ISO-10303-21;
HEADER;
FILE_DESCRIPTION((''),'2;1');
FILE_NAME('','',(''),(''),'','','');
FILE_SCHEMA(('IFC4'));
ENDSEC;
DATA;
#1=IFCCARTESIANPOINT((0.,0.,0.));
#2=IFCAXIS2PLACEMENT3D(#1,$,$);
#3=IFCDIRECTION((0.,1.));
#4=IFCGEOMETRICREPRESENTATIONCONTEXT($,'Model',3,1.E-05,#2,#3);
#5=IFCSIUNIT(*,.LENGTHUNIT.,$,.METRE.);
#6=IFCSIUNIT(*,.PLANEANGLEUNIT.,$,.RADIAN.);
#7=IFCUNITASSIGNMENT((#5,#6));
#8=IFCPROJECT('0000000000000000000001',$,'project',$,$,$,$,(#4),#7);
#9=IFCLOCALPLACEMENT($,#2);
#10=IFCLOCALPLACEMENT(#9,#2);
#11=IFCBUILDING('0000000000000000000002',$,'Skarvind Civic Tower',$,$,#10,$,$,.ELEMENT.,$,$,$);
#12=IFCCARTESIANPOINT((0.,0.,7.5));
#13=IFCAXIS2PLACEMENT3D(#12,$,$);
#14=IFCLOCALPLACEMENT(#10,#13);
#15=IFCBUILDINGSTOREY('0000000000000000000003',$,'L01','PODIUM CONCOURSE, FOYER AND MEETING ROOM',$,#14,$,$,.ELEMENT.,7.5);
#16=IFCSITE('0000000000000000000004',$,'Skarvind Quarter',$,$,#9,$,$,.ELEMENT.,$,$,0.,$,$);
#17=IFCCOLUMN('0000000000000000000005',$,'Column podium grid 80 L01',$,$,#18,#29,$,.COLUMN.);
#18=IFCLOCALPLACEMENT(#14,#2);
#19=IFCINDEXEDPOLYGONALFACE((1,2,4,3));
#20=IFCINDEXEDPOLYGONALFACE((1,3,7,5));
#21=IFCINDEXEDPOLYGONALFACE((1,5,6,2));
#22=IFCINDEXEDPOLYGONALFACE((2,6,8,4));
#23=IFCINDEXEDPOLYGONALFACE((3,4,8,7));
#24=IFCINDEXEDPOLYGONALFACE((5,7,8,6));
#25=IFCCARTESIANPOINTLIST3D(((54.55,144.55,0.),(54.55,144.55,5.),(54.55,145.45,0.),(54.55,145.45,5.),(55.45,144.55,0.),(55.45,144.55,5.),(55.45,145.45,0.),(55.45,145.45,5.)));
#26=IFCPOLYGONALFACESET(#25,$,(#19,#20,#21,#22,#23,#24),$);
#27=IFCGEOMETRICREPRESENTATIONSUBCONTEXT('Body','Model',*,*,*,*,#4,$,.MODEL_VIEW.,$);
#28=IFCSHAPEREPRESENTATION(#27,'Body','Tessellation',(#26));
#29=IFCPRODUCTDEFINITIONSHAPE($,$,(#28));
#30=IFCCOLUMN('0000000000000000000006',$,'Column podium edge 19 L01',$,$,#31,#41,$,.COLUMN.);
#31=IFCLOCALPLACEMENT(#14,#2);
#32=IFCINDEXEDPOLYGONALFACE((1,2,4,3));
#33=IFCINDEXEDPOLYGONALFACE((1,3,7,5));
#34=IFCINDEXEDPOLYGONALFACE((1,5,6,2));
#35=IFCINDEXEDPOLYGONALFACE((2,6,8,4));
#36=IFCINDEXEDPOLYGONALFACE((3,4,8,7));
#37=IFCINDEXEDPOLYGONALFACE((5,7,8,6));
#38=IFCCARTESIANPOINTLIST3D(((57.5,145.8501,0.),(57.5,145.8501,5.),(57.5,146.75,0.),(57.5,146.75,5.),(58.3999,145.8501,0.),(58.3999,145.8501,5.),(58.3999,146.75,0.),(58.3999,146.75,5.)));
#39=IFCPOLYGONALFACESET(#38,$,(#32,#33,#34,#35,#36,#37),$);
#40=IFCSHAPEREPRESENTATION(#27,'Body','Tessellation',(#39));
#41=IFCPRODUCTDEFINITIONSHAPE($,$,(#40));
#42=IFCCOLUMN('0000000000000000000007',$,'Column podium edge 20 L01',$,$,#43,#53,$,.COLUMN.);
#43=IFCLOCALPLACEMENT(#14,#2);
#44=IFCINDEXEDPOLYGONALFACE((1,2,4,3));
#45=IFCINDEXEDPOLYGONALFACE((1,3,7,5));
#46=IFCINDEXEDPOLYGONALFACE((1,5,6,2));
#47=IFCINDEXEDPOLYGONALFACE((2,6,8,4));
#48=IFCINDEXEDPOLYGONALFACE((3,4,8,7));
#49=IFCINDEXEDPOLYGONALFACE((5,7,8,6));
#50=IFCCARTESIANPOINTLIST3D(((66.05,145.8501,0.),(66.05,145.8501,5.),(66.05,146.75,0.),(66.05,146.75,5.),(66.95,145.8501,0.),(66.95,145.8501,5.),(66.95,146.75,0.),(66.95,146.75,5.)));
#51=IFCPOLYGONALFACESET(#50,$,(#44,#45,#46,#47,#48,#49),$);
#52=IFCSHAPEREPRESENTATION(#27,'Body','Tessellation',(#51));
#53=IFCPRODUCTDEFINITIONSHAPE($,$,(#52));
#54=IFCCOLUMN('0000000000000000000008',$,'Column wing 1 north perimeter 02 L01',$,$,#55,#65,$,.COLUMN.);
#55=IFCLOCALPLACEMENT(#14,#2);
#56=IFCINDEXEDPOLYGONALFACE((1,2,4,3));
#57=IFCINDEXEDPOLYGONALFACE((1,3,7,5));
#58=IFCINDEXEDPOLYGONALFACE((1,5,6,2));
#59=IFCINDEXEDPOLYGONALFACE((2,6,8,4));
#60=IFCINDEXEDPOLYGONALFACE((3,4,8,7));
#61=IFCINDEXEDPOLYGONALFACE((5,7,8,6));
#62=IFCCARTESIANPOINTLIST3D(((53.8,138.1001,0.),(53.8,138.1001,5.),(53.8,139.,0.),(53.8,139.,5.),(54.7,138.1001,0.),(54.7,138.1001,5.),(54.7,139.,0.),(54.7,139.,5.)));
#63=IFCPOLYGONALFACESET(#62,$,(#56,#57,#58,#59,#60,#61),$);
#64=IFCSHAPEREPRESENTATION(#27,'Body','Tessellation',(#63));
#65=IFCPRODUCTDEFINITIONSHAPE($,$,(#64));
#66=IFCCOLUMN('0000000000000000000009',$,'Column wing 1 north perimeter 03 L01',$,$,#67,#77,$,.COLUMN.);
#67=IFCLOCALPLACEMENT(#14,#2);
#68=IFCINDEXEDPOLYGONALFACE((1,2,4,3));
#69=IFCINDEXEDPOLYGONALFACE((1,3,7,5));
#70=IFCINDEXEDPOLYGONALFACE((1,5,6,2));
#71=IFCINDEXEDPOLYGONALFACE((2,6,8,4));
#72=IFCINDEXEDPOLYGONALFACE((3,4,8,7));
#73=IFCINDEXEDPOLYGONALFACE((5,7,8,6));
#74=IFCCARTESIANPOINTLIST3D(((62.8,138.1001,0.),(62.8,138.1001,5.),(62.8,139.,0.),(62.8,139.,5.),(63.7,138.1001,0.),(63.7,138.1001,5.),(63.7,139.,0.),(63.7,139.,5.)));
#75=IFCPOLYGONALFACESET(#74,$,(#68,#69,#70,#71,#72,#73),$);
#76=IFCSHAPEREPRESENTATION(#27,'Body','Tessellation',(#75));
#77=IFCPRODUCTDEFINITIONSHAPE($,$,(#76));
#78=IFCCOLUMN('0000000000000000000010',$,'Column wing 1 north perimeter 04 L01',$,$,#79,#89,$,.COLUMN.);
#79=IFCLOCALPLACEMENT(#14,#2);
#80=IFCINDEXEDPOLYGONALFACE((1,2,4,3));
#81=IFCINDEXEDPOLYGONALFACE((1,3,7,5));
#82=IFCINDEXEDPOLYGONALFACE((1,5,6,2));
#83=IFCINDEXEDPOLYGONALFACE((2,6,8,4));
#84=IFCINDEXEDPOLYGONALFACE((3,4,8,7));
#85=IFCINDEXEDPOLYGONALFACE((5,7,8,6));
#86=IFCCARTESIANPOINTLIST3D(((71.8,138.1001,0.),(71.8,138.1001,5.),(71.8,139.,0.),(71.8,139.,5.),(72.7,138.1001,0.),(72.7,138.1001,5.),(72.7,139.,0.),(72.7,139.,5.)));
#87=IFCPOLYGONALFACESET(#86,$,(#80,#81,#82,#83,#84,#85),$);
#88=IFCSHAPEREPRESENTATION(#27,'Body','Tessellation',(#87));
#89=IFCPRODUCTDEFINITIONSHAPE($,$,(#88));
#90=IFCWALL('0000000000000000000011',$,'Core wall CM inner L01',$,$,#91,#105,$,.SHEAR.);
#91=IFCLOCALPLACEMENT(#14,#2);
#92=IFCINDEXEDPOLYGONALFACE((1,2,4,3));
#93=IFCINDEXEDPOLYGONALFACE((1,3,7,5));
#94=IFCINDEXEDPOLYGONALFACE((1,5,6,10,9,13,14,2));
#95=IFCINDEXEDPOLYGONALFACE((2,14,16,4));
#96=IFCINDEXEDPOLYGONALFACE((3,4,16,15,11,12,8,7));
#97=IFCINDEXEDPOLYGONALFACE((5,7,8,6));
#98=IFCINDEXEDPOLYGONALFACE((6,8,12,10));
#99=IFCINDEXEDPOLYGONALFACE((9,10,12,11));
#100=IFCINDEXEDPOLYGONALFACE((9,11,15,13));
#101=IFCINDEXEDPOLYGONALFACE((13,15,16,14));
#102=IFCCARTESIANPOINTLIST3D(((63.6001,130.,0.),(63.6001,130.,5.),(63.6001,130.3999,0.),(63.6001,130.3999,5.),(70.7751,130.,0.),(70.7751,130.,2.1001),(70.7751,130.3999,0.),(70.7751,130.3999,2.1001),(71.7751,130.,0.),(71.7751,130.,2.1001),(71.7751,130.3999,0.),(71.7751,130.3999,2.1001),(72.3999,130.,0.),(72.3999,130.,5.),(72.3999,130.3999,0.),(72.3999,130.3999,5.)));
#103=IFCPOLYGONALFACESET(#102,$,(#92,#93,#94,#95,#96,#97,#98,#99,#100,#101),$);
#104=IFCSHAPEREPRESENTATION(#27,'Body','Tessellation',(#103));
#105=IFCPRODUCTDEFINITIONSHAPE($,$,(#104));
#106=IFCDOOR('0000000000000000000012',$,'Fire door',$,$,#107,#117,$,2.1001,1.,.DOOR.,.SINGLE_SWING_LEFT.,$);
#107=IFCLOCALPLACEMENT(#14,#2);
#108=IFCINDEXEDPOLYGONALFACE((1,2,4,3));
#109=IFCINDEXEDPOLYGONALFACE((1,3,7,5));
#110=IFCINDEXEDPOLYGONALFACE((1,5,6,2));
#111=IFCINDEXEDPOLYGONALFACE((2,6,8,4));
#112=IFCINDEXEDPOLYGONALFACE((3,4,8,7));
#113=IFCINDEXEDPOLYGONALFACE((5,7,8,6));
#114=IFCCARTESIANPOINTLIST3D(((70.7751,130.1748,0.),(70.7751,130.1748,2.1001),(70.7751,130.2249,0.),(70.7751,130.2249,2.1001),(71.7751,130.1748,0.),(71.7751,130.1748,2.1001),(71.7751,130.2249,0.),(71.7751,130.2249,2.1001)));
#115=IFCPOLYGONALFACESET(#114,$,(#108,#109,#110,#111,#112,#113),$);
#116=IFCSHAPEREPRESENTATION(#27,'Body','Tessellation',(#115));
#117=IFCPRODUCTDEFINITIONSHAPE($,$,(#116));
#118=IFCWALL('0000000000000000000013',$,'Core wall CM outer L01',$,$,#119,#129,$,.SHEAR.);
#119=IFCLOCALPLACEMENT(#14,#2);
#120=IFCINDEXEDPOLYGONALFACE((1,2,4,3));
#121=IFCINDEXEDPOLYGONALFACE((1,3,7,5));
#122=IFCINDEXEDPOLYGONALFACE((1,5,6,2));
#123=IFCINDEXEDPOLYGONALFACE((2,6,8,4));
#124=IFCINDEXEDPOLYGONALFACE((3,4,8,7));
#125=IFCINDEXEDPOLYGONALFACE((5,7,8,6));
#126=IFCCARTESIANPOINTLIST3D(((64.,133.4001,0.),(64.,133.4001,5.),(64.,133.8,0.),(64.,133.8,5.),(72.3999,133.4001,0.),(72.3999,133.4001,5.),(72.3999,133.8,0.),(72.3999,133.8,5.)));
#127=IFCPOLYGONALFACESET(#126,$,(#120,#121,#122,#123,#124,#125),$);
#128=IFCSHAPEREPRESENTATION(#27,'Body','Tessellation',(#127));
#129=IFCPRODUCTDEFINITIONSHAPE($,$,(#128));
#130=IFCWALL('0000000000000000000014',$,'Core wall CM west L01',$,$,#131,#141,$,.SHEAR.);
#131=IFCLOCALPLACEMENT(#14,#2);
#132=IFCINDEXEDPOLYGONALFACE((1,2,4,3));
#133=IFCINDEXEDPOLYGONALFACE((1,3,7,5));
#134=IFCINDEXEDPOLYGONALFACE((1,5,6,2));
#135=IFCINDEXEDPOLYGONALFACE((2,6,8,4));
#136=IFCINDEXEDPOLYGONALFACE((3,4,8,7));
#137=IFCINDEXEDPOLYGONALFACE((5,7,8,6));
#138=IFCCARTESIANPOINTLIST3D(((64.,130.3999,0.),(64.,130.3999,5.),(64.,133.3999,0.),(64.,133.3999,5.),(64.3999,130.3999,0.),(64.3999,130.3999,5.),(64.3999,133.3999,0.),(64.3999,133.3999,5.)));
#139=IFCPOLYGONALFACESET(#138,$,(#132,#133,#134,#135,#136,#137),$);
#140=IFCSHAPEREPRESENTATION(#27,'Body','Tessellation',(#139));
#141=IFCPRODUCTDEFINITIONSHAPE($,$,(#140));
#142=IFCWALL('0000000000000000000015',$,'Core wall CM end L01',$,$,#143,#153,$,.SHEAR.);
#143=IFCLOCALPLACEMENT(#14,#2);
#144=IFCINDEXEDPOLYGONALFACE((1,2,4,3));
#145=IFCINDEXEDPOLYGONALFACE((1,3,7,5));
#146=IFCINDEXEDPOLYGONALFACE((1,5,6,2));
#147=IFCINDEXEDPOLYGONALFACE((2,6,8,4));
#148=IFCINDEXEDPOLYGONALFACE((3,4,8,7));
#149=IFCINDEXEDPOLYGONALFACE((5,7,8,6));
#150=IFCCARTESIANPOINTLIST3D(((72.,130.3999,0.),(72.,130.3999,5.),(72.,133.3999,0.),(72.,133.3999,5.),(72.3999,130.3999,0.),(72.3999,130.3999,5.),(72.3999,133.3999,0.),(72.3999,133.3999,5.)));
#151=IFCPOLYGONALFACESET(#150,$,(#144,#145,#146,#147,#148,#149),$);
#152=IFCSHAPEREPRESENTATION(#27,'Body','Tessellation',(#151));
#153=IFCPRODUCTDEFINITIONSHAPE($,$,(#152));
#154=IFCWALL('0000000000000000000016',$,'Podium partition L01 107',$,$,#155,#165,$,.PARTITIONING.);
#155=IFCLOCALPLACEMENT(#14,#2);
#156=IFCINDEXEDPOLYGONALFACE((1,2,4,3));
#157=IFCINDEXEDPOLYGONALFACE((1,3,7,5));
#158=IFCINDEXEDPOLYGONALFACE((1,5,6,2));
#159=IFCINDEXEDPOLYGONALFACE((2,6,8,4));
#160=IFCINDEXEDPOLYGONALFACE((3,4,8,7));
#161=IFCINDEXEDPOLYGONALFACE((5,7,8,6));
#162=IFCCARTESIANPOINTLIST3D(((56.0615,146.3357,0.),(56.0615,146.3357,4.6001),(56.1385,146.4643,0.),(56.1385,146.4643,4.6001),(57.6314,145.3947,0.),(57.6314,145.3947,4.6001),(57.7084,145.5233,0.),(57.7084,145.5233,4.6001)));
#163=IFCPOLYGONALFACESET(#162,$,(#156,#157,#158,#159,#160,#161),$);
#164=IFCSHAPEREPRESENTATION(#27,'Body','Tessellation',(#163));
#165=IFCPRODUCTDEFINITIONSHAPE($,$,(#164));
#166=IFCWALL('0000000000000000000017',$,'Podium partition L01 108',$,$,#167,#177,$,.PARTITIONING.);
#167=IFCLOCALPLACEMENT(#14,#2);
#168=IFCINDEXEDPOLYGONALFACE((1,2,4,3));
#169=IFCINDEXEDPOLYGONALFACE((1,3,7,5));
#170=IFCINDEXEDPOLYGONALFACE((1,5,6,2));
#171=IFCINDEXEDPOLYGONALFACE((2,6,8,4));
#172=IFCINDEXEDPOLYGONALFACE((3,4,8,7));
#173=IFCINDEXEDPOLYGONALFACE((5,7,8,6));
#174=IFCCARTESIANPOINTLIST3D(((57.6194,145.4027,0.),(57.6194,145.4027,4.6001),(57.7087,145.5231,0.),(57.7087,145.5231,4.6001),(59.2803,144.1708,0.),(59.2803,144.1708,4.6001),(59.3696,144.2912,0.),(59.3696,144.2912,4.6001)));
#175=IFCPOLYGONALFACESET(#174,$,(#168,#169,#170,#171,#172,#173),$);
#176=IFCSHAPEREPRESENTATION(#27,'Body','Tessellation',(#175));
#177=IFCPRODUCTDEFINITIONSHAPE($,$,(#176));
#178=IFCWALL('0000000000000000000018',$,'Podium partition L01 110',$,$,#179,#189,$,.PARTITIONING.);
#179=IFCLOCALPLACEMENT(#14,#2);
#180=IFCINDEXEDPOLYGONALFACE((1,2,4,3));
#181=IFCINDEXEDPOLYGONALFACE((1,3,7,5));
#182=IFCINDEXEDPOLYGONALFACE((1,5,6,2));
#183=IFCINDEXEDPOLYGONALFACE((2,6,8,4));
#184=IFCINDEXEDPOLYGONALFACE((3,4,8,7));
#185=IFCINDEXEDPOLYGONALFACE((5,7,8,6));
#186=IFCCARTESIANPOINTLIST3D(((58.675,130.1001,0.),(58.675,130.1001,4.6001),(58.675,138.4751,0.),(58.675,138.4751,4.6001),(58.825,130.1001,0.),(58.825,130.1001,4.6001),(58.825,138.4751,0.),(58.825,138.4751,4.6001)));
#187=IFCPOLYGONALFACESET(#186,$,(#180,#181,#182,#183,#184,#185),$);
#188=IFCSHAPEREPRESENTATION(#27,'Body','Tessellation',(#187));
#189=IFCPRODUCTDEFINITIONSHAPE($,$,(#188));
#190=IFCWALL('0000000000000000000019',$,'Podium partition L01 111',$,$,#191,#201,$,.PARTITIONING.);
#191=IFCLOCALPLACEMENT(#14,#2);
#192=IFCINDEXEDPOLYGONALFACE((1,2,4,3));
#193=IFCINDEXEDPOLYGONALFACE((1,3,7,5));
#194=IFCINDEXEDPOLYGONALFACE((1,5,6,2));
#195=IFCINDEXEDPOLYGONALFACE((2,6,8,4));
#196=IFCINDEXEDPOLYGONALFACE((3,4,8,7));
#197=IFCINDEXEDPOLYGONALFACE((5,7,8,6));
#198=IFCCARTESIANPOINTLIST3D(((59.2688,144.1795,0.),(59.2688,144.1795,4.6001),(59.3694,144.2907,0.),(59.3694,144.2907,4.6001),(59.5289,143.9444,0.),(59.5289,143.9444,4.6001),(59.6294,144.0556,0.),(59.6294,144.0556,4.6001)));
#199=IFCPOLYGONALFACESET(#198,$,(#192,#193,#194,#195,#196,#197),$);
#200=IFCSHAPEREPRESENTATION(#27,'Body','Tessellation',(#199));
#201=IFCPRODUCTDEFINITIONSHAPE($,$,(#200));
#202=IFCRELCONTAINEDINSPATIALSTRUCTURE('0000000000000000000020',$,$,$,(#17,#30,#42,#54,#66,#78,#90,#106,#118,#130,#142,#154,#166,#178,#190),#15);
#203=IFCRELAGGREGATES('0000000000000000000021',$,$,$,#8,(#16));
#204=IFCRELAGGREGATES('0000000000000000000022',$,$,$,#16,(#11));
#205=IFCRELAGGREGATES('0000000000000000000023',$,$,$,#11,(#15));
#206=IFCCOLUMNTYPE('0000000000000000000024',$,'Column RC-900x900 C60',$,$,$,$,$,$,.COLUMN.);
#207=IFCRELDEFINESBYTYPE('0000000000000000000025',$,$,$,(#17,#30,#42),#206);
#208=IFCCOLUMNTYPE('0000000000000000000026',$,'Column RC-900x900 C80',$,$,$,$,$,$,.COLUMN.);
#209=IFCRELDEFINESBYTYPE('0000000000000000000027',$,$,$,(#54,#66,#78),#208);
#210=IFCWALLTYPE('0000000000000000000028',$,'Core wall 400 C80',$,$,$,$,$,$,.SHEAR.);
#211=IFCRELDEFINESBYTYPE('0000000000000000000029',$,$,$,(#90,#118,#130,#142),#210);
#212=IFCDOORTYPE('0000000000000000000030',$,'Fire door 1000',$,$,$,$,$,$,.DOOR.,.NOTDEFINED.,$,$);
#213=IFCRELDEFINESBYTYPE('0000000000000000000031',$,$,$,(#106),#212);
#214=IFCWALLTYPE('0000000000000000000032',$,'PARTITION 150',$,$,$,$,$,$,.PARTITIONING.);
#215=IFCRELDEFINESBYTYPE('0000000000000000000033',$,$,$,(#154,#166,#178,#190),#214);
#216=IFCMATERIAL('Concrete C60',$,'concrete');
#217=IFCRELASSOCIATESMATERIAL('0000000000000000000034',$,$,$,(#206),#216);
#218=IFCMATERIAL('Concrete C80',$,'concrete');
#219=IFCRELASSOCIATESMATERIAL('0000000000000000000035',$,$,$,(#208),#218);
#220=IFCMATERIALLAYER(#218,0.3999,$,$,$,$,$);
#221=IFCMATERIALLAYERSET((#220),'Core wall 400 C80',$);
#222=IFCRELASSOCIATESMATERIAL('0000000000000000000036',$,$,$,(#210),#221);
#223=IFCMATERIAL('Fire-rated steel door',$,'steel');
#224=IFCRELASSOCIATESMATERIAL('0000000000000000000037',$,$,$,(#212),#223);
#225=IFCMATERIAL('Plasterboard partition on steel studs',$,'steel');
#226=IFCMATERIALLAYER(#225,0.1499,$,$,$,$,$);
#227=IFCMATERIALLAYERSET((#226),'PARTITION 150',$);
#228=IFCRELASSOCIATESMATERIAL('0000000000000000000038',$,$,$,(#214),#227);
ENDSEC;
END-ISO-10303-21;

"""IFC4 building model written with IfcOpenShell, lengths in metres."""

from ifc_helpers import new_model, si_unit, direction, frame, frame_2d, origin, origin_2d, place, context, subcontext, project, spatial, rectangle, extrude, material, layer, layer_set, material_profile, profile_set, type_object, element, fill, save


model = new_model("IFC4")

# Units and contexts
model_context = context("Model", 3, precision=1e-05, world=origin(), true_north=direction((0.0, 1.0)))
body_context = subcontext(model_context, "Body", "Model", "MODEL_VIEW")
ifc_project = project(units=[si_unit("LENGTHUNIT", "METRE"), si_unit("PLANEANGLEUNIT", "RADIAN")], contexts=[model_context])

# Site, building, storey
site_placement = place(None, origin())
site = spatial("IfcSite", under=ifc_project, at=site_placement, Name="Skarvind Quarter", CompositionType="ELEMENT", RefElevation=0.0)
building_placement = place(site_placement, origin())
building = spatial("IfcBuilding", under=site, at=building_placement, Name="Skarvind Civic Tower", CompositionType="ELEMENT")
storey_placement = place(building_placement, frame((0.0, 0.0, 7.5)))
storey = spatial("IfcBuildingStorey", under=building, at=storey_placement, Name="L01", Description="PODIUM CONCOURSE, FOYER AND MEETING ROOM", CompositionType="ELEMENT", Elevation=7.5)

# Columns
ifc_material_1 = material(Name="Concrete C60", Category="concrete")
ifc_material_profile_1 = material_profile(ifc_material_1, rectangle(XDim=0.8999, YDim=0.8999, at=origin_2d()), Name="RC-900x900")
ifc_profile_set_1 = profile_set([ifc_material_profile_1], Name="Concrete C60")
column_type_1 = type_object("IfcColumnType", Name="Column RC-900x900 C60", PredefinedType="COLUMN", material=ifc_profile_set_1)
for number, where, z_axis, x_axis, name in (
    (1, (55.0, 145.0, 0.0), (0.0, 0.0, 1.0), (1.0, 0.0, 0.0), "Column podium grid 80 L01"),
    (2, (57.95, 146.3, 0.0), (0.0, 0.0, 1.0), (1.0, 0.0, 0.0), "Column podium edge 19 L01"),
    (3, (66.5, 146.3, 0.0), (0.0, 0.0, 1.0), (1.0, 0.0, 0.0), "Column podium edge 20 L01"),
):
    element("IfcColumn", number, at=place(storey_placement, frame(where, z_axis=z_axis, x_axis=x_axis)), inside=storey, type_object=column_type_1, Name=name, PredefinedType="COLUMN", context=body_context, shape_type="SweptSolid", body=[
        extrude(rectangle(XDim=0.8999, YDim=0.8999, at=origin_2d()), origin(), (0.0, 0.0, 1.0), 5.0),
    ])
ifc_material_2 = material(Name="Concrete C80", Category="concrete")
ifc_material_profile_2 = material_profile(ifc_material_2, rectangle(XDim=0.8999, YDim=0.8999, at=origin_2d()), Name="RC-900x900")
ifc_profile_set_2 = profile_set([ifc_material_profile_2], Name="Concrete C80")
column_type_2 = type_object("IfcColumnType", Name="Column RC-900x900 C80", PredefinedType="COLUMN", material=ifc_profile_set_2)
for number, where, z_axis, x_axis, name in (
    (4, (54.25, 138.55, 0.0), (0.0, 0.0, 1.0), (1.0, 0.0, 0.0), "Column wing 1 north perimeter 02 L01"),
    (5, (63.25, 138.55, 0.0), (0.0, 0.0, 1.0), (1.0, 0.0, 0.0), "Column wing 1 north perimeter 03 L01"),
    (6, (72.25, 138.55, 0.0), (0.0, 0.0, 1.0), (1.0, 0.0, 0.0), "Column wing 1 north perimeter 04 L01"),
):
    element("IfcColumn", number, at=place(storey_placement, frame(where, z_axis=z_axis, x_axis=x_axis)), inside=storey, type_object=column_type_2, Name=name, PredefinedType="COLUMN", context=body_context, shape_type="SweptSolid", body=[
        extrude(rectangle(XDim=0.8999, YDim=0.8999, at=origin_2d()), origin(), (0.0, 0.0, 1.0), 5.0),
    ])

# Wall, opening, door
ifc_layer_1 = layer(ifc_material_2, 0.3999)
ifc_layer_set_1 = layer_set([ifc_layer_1], Name="Core wall 400 C80")
wall_type_1 = type_object("IfcWallType", Name="Core wall 400 C80", PredefinedType="SHEAR", material=ifc_layer_set_1)
wall_1_placement = place(storey_placement, frame((63.6001, 130.2, 0.0), z_axis=(0.0, 0.0, 1.0), x_axis=(1.0, 0.0, 0.0)))
wall_1 = element("IfcWall", 7, at=wall_1_placement, inside=storey, type_object=wall_type_1, Name="Core wall CM inner L01", PredefinedType="SHEAR", context=body_context, shape_type="SweptSolid", body=[
    extrude(rectangle(XDim=8.7998, YDim=0.3999, at=frame_2d((4.3999, 0.0))), origin(), (0.0, 0.0, 1.0), 5.0),
])
opening_1_placement = place(wall_1_placement, frame((7.175, 0.0, 0.0)))
opening_1 = element("IfcOpeningElement", 8, at=opening_1_placement, cuts=wall_1, PredefinedType="OPENING", context=body_context, shape_type="SweptSolid", body=[
    extrude(rectangle(XDim=1.0, YDim=2.1001, at=frame_2d((0.5, 1.05))), frame((0.0, 0.21, 0.0), z_axis=(0.0, -1.0, 0.0), x_axis=(1.0, 0.0, 0.0)), (0.0, 0.0, 1.0), 0.4199),
])
ifc_material_3 = material(Name="Fire-rated steel door", Category="steel")
door_type_1 = type_object("IfcDoorType", Name="Fire door 1000", OperationType="NOTDEFINED", PredefinedType="DOOR", material=ifc_material_3)
door_1_placement = place(opening_1_placement, origin())
door_1 = element("IfcDoor", 9, at=door_1_placement, inside=storey, type_object=door_type_1, Name="Fire door", OperationType="SINGLE_SWING_LEFT", OverallHeight=2.1001, OverallWidth=1.0, PredefinedType="DOOR", context=body_context, shape_type="SweptSolid", body=[
    extrude(rectangle(XDim=1.0, YDim=2.1001, at=frame_2d((0.5, 1.05))), frame((0.0, 0.0249, 0.0), z_axis=(0.0, -1.0, 0.0), x_axis=(1.0, 0.0, 0.0)), (0.0, 0.0, 1.0), 0.05),
])
fill(opening_1, door_1)

# Walls
wall_2_placement = place(storey_placement, frame((64.0, 133.6001, 0.0), z_axis=(0.0, 0.0, 1.0), x_axis=(1.0, 0.0, 0.0)))
element("IfcWall", 10, at=wall_2_placement, inside=storey, type_object=wall_type_1, Name="Core wall CM outer L01", PredefinedType="SHEAR", context=body_context, shape_type="SweptSolid", body=[
    extrude(rectangle(XDim=8.3999, YDim=0.3999, at=frame_2d((4.2, 0.0))), origin(), (0.0, 0.0, 1.0), 5.0),
])
for number, where, z_axis, x_axis, name in (
    (11, (64.2, 130.3999, 0.0), (0.0, 0.0, 1.0), (0.0, 1.0, 0.0), "Core wall CM west L01"),
    (12, (72.2, 130.3999, 0.0), (0.0, 0.0, 1.0), (0.0, 1.0, 0.0), "Core wall CM end L01"),
):
    element("IfcWall", number, at=place(storey_placement, frame(where, z_axis=z_axis, x_axis=x_axis)), inside=storey, type_object=wall_type_1, Name=name, PredefinedType="SHEAR", context=body_context, shape_type="SweptSolid", body=[
        extrude(rectangle(XDim=3.0, YDim=0.3999, at=frame_2d((1.5, 0.0))), origin(), (0.0, 0.0, 1.0), 5.0),
    ])
ifc_material_4 = material(Name="Plasterboard partition on steel studs", Category="steel")
ifc_layer_2 = layer(ifc_material_4, 0.1499)
ifc_layer_set_2 = layer_set([ifc_layer_2], Name="PARTITION 150")
wall_type_2 = type_object("IfcWallType", Name="PARTITION 150", PredefinedType="PARTITIONING", material=ifc_layer_set_2)
wall_3_placement = place(storey_placement, frame((56.1001, 146.3999, 0.0), z_axis=(0.0, 0.0, 1.0), x_axis=(0.857728, -0.514103, 0.0)))
element("IfcWall", 13, at=wall_3_placement, inside=storey, type_object=wall_type_2, Name="Podium partition L01 107", PredefinedType="PARTITIONING", context=body_context, shape_type="SweptSolid", body=[
    extrude(rectangle(XDim=1.8303, YDim=0.1499, at=frame_2d((0.915, 0.0))), origin(), (0.0, 0.0, 1.0), 4.6001),
])
wall_4_placement = place(storey_placement, frame((57.6641, 145.4629, 0.0), z_axis=(0.0, 0.0, 1.0), x_axis=(0.803176, -0.595741, 0.0)))
element("IfcWall", 14, at=wall_4_placement, inside=storey, type_object=wall_type_2, Name="Podium partition L01 108", PredefinedType="PARTITIONING", context=body_context, shape_type="SweptSolid", body=[
    extrude(rectangle(XDim=2.0679, YDim=0.1499, at=frame_2d((1.0339, 0.0))), origin(), (0.0, 0.0, 1.0), 4.6001),
])
wall_5_placement = place(storey_placement, frame((58.75, 130.1001, 0.0), z_axis=(0.0, 0.0, 1.0), x_axis=(0.0, 1.0, 0.0)))
element("IfcWall", 15, at=wall_5_placement, inside=storey, type_object=wall_type_2, Name="Podium partition L01 110", PredefinedType="PARTITIONING", context=body_context, shape_type="SweptSolid", body=[
    extrude(rectangle(XDim=8.375, YDim=0.1499, at=frame_2d((4.1875, 0.0))), origin(), (0.0, 0.0, 1.0), 4.6001),
])
wall_6_placement = place(storey_placement, frame((59.3191, 144.2351, 0.0), z_axis=(0.0, 0.0, 1.0), x_axis=(0.741734, -0.670694, 0.0)))
element("IfcWall", 16, at=wall_6_placement, inside=storey, type_object=wall_type_2, Name="Podium partition L01 111", PredefinedType="PARTITIONING", context=body_context, shape_type="SweptSolid", body=[
    extrude(rectangle(XDim=0.3506, YDim=0.1499, at=frame_2d((0.1753, 0.0))), origin(), (0.0, 0.0, 1.0), 4.6001),
])

save(model, "model.ifc")
